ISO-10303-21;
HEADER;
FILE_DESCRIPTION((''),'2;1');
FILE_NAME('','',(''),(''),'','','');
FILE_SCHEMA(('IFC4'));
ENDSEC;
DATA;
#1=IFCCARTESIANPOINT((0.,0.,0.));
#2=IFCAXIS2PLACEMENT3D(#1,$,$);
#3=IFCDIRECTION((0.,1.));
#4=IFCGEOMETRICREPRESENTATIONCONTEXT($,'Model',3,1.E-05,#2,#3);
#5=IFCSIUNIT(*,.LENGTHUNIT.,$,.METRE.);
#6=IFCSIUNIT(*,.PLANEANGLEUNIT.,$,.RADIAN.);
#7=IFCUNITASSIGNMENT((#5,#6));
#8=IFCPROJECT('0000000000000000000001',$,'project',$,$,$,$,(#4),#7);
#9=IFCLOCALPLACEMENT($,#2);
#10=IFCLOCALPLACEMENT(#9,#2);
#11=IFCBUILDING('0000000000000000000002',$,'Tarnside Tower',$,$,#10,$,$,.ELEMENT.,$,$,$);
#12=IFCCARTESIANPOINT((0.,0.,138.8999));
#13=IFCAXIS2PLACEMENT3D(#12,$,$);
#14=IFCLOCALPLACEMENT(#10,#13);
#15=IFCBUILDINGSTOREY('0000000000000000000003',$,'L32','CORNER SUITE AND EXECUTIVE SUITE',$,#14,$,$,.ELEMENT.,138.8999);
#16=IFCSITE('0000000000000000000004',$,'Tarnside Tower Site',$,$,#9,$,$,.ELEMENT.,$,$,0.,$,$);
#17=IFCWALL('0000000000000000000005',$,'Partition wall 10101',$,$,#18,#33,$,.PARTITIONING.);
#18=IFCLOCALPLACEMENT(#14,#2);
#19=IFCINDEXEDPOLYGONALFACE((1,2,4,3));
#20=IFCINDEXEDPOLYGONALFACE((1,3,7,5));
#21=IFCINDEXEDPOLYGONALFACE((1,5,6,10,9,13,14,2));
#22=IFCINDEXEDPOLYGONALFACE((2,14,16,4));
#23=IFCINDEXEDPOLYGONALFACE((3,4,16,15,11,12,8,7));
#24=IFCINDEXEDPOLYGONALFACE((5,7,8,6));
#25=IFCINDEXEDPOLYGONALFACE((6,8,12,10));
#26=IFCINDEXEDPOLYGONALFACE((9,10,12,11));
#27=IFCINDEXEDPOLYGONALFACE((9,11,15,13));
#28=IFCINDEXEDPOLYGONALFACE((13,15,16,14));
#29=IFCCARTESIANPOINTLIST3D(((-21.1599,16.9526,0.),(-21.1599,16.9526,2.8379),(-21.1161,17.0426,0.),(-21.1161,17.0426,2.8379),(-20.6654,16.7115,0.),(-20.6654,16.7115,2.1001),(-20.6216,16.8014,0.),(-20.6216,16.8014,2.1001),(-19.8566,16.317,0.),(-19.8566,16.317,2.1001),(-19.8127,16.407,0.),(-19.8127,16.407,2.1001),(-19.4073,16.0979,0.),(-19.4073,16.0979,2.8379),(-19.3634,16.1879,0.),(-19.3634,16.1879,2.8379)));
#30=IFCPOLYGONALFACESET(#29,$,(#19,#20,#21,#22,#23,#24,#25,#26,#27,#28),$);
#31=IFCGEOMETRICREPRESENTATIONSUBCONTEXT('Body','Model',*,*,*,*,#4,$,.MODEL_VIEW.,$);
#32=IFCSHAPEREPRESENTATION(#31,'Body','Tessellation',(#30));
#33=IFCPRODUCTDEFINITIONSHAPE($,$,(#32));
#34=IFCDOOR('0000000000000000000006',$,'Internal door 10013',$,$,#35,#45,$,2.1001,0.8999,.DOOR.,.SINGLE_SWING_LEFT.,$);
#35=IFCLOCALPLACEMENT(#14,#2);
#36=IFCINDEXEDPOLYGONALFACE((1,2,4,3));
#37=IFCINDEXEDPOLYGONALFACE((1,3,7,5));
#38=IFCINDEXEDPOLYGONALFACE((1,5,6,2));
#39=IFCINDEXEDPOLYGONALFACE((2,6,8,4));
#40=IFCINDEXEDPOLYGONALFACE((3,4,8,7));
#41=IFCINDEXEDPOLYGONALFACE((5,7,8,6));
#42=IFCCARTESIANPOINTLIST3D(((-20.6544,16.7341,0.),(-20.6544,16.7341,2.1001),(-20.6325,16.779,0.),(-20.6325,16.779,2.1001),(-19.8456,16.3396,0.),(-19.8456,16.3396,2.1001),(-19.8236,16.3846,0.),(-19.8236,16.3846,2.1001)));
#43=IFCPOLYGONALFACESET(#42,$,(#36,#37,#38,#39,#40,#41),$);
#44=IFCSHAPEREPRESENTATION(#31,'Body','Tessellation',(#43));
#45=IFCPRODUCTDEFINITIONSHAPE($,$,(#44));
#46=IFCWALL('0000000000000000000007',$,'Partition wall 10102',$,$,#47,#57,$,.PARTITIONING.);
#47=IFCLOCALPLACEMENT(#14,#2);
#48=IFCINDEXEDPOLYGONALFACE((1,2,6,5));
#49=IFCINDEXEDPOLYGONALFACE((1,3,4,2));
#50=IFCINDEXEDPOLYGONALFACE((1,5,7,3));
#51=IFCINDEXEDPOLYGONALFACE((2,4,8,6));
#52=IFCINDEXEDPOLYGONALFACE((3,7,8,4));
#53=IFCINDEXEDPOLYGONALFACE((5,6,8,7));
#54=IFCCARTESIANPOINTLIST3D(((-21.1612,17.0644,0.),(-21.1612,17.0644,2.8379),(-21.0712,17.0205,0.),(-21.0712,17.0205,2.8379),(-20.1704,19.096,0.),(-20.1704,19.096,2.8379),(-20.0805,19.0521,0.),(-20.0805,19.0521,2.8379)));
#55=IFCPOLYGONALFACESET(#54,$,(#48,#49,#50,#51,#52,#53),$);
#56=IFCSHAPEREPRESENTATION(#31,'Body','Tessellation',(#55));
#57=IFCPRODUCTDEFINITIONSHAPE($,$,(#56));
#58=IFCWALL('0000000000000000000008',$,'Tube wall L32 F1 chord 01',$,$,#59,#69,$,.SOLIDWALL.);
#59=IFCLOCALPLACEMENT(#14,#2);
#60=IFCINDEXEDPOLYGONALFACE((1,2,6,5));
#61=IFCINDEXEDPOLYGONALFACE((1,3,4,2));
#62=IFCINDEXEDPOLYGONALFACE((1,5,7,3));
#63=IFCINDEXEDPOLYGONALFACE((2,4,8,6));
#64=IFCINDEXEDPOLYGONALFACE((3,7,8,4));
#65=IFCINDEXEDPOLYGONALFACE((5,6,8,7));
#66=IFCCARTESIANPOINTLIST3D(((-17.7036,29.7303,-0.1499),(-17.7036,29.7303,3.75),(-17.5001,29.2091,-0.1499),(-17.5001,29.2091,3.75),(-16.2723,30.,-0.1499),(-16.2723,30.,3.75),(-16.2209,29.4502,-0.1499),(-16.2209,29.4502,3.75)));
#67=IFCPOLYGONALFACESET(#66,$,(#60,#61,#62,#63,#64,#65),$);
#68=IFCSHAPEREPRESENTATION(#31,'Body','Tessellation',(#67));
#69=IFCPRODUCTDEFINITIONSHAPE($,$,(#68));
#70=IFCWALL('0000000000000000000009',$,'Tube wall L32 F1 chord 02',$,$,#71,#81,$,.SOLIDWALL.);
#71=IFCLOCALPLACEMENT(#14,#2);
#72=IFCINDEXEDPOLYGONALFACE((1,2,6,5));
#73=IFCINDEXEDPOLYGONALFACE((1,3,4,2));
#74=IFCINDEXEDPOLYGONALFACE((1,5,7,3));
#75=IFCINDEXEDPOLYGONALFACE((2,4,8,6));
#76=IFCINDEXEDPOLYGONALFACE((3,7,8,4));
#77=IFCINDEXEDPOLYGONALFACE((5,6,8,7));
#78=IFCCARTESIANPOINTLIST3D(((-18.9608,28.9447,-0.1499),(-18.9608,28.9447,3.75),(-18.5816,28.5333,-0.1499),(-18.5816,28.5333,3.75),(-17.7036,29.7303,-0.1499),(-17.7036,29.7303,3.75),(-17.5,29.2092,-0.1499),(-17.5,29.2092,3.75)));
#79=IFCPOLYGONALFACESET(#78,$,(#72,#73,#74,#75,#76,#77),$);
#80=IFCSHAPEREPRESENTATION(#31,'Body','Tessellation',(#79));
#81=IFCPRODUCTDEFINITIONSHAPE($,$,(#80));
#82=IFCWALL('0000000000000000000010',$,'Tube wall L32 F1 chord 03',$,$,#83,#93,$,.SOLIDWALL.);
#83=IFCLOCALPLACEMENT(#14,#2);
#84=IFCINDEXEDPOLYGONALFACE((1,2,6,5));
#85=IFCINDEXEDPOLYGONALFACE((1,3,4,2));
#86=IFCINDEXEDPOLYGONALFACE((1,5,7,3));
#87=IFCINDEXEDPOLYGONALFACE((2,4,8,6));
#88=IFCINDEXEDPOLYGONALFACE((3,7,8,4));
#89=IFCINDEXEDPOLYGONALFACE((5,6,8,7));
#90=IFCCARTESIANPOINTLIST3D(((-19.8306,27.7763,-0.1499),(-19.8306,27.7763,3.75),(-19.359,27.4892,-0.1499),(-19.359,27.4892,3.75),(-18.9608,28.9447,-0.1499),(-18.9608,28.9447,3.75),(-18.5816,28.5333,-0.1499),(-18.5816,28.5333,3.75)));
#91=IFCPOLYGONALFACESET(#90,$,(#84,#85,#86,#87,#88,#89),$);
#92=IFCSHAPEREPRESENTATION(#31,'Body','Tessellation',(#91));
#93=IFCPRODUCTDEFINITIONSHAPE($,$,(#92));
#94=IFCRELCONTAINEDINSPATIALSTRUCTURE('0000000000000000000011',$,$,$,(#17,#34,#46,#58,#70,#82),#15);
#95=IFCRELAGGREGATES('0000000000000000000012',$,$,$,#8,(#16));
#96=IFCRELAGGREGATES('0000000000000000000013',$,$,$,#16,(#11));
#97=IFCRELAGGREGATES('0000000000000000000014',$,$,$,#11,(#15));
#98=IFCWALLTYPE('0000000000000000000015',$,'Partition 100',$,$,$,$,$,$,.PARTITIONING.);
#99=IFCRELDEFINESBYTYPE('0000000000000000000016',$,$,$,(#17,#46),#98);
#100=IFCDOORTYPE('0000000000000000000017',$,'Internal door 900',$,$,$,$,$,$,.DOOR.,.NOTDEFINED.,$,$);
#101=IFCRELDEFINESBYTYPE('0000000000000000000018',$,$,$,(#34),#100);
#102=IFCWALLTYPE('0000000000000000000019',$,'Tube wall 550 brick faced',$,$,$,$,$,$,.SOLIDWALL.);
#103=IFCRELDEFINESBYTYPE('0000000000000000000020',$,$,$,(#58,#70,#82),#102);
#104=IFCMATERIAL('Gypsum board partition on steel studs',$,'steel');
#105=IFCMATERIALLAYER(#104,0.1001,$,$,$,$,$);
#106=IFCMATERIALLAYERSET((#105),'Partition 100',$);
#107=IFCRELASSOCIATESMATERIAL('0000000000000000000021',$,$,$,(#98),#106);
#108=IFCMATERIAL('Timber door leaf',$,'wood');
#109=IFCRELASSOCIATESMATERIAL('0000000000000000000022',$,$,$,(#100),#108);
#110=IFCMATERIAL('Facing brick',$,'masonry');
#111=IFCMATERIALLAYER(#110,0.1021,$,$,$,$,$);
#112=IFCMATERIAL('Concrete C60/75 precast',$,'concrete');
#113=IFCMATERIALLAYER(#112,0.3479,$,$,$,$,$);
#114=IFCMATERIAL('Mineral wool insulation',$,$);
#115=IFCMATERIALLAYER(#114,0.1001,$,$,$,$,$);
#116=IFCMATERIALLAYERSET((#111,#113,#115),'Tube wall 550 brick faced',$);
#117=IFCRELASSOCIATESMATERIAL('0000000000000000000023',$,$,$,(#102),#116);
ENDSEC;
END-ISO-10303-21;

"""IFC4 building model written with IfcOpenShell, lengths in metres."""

from ifc_helpers import new_model, si_unit, direction, frame, frame_2d, origin, place, context, subcontext, project, spatial, polyline, rectangle, outline, extrude, material, layer, layer_set, type_object, element, fill, save


model = new_model("IFC4")

# Units and contexts
model_context = context("Model", 3, precision=1e-05, world=origin(), true_north=direction((0.0, 1.0)))
body_context = subcontext(model_context, "Body", "Model", "MODEL_VIEW")
ifc_project = project(units=[si_unit("LENGTHUNIT", "METRE"), si_unit("PLANEANGLEUNIT", "RADIAN")], contexts=[model_context])

# Site, building, storey
site_placement = place(None, origin())
site = spatial("IfcSite", under=ifc_project, at=site_placement, Name="Tarnside Tower Site", CompositionType="ELEMENT", RefElevation=0.0)
building_placement = place(site_placement, origin())
building = spatial("IfcBuilding", under=site, at=building_placement, Name="Tarnside Tower", CompositionType="ELEMENT")
storey_placement = place(building_placement, frame((0.0, 0.0, 138.8999)))
storey = spatial("IfcBuildingStorey", under=building, at=storey_placement, Name="L32", Description="CORNER SUITE AND EXECUTIVE SUITE", CompositionType="ELEMENT", Elevation=138.8999)

# Shared definitions
ifc_material_1 = material(Name="Gypsum board partition on steel studs", Category="steel")

# Shared definitions
ifc_material_2 = material(Name="Timber door leaf", Category="wood")

# Wall, opening, door
ifc_layer_1 = layer(ifc_material_1, 0.1001)
ifc_layer_set_1 = layer_set([ifc_layer_1], Name="Partition 100")
wall_type_1 = type_object("IfcWallType", Name="Partition 100", PredefinedType="PARTITIONING", material=ifc_layer_set_1)
wall_1_placement = place(storey_placement, frame((-19.3853, 16.1428, 0.0), z_axis=(0.0, 0.0, 1.0), x_axis=(-0.898815, 0.438327, 0.0)))
wall_1 = element("IfcWall", 1, at=wall_1_placement, inside=storey, type_object=wall_type_1, Name="Partition wall 10101", PredefinedType="PARTITIONING", context=body_context, shape_type="SweptSolid", body=[
    extrude(rectangle(XDim=1.95, YDim=0.1001, at=frame_2d((0.9751, 0.0))), origin(), (0.0, 0.0, 1.0), 2.8379),
])
opening_1_placement = place(wall_1_placement, frame((0.5, 0.0, 0.0)))
opening_1 = element("IfcOpeningElement", 2, at=opening_1_placement, cuts=wall_1, PredefinedType="OPENING", context=body_context, shape_type="SweptSolid", body=[
    extrude(rectangle(XDim=0.8999, YDim=2.1001, at=frame_2d((0.45, 1.05))), frame((0.0, 0.0601, 0.0), z_axis=(0.0, -1.0, 0.0), x_axis=(1.0, 0.0, 0.0)), (0.0, 0.0, 1.0), 0.1201),
])
door_type_1 = type_object("IfcDoorType", Name="Internal door 900", OperationType="NOTDEFINED", PredefinedType="DOOR", material=ifc_material_2)
door_1_placement = place(opening_1_placement, origin())
door_1 = element("IfcDoor", 3, at=door_1_placement, inside=storey, type_object=door_type_1, Name="Internal door 10013", OperationType="SINGLE_SWING_LEFT", OverallHeight=2.1001, OverallWidth=0.8999, PredefinedType="DOOR", context=body_context, shape_type="SweptSolid", body=[
    extrude(rectangle(XDim=0.8999, YDim=2.1001, at=frame_2d((0.45, 1.05))), frame((0.0, 0.0249, 0.0), z_axis=(0.0, -1.0, 0.0), x_axis=(1.0, 0.0, 0.0)), (0.0, 0.0, 1.0), 0.05),
])
fill(opening_1, door_1)

# Walls
wall_2_placement = place(storey_placement, frame((-21.1162, 17.0425, 0.0), z_axis=(0.0, 0.0, 1.0), x_axis=(0.438334, 0.898812, 0.0)))
element("IfcWall", 4, at=wall_2_placement, inside=storey, type_object=wall_type_1, Name="Partition wall 10102", PredefinedType="PARTITIONING", context=body_context, shape_type="SweptSolid", body=[
    extrude(rectangle(XDim=2.2603, YDim=0.1001, at=frame_2d((1.1301, 0.0))), origin(), (0.0, 0.0, 1.0), 2.8379),
])
ifc_material_3 = material(Name="Facing brick", Category="masonry")
ifc_layer_2 = layer(ifc_material_3, 0.1021)
ifc_material_4 = material(Name="Concrete C60/75 precast", Category="concrete")
ifc_layer_3 = layer(ifc_material_4, 0.3479)
ifc_material_5 = material(Name="Mineral wool insulation")
ifc_layer_4 = layer(ifc_material_5, 0.1001)
ifc_layer_set_2 = layer_set([ifc_layer_2, ifc_layer_3, ifc_layer_4], Name="Tube wall 550 brick faced")
wall_type_2 = type_object("IfcWallType", Name="Tube wall 550 brick faced", PredefinedType="SOLIDWALL", material=ifc_layer_set_2)
wall_3_placement = place(storey_placement, frame((-16.2466, 29.7251, -0.1499), z_axis=(0.0, 0.0, 1.0), x_axis=(-0.982705, -0.185176, 0.0)))
element("IfcWall", 5, at=wall_3_placement, inside=storey, type_object=wall_type_2, Name="Tube wall L32 F1 chord 01", PredefinedType="SOLIDWALL", context=body_context, shape_type="SweptSolid", body=[
    extrude(outline(polyline([(-0.0256, -0.2749), (1.4309, -0.2749), (1.3274, 0.2749), (0.0256, 0.2749), (-0.0256, -0.2749)])), origin(), (0.0, 0.0, 1.0), 3.8999),
])
wall_4_placement = place(storey_placement, frame((-17.6018, 29.4697, -0.1499), z_axis=(0.0, 0.0, 1.0), x_axis=(-0.848058, -0.529903, 0.0)))
element("IfcWall", 6, at=wall_4_placement, inside=storey, type_object=wall_type_2, Name="Tube wall L32 F1 chord 02", PredefinedType="SOLIDWALL", context=body_context, shape_type="SweptSolid", body=[
    extrude(outline(polyline([(-0.0518, -0.2749), (1.4307, -0.2749), (1.3271, 0.2749), (0.0518, 0.2749), (-0.0518, -0.2749)])), origin(), (0.0, 0.0, 1.0), 3.8999),
])
wall_5_placement = place(storey_placement, frame((-18.7712, 28.739, -0.1499), z_axis=(0.0, 0.0, 1.0), x_axis=(-0.597135, -0.802141, 0.0)))
element("IfcWall", 7, at=wall_5_placement, inside=storey, type_object=wall_type_2, Name="Tube wall L32 F1 chord 03", PredefinedType="SOLIDWALL", context=body_context, shape_type="SweptSolid", body=[
    extrude(outline(polyline([(-0.0518, -0.2749), (1.4048, -0.2749), (1.3535, 0.2749), (0.0518, 0.2749), (-0.0518, -0.2749)])), origin(), (0.0, 0.0, 1.0), 3.8999),
])

save(model, "model.ifc")
